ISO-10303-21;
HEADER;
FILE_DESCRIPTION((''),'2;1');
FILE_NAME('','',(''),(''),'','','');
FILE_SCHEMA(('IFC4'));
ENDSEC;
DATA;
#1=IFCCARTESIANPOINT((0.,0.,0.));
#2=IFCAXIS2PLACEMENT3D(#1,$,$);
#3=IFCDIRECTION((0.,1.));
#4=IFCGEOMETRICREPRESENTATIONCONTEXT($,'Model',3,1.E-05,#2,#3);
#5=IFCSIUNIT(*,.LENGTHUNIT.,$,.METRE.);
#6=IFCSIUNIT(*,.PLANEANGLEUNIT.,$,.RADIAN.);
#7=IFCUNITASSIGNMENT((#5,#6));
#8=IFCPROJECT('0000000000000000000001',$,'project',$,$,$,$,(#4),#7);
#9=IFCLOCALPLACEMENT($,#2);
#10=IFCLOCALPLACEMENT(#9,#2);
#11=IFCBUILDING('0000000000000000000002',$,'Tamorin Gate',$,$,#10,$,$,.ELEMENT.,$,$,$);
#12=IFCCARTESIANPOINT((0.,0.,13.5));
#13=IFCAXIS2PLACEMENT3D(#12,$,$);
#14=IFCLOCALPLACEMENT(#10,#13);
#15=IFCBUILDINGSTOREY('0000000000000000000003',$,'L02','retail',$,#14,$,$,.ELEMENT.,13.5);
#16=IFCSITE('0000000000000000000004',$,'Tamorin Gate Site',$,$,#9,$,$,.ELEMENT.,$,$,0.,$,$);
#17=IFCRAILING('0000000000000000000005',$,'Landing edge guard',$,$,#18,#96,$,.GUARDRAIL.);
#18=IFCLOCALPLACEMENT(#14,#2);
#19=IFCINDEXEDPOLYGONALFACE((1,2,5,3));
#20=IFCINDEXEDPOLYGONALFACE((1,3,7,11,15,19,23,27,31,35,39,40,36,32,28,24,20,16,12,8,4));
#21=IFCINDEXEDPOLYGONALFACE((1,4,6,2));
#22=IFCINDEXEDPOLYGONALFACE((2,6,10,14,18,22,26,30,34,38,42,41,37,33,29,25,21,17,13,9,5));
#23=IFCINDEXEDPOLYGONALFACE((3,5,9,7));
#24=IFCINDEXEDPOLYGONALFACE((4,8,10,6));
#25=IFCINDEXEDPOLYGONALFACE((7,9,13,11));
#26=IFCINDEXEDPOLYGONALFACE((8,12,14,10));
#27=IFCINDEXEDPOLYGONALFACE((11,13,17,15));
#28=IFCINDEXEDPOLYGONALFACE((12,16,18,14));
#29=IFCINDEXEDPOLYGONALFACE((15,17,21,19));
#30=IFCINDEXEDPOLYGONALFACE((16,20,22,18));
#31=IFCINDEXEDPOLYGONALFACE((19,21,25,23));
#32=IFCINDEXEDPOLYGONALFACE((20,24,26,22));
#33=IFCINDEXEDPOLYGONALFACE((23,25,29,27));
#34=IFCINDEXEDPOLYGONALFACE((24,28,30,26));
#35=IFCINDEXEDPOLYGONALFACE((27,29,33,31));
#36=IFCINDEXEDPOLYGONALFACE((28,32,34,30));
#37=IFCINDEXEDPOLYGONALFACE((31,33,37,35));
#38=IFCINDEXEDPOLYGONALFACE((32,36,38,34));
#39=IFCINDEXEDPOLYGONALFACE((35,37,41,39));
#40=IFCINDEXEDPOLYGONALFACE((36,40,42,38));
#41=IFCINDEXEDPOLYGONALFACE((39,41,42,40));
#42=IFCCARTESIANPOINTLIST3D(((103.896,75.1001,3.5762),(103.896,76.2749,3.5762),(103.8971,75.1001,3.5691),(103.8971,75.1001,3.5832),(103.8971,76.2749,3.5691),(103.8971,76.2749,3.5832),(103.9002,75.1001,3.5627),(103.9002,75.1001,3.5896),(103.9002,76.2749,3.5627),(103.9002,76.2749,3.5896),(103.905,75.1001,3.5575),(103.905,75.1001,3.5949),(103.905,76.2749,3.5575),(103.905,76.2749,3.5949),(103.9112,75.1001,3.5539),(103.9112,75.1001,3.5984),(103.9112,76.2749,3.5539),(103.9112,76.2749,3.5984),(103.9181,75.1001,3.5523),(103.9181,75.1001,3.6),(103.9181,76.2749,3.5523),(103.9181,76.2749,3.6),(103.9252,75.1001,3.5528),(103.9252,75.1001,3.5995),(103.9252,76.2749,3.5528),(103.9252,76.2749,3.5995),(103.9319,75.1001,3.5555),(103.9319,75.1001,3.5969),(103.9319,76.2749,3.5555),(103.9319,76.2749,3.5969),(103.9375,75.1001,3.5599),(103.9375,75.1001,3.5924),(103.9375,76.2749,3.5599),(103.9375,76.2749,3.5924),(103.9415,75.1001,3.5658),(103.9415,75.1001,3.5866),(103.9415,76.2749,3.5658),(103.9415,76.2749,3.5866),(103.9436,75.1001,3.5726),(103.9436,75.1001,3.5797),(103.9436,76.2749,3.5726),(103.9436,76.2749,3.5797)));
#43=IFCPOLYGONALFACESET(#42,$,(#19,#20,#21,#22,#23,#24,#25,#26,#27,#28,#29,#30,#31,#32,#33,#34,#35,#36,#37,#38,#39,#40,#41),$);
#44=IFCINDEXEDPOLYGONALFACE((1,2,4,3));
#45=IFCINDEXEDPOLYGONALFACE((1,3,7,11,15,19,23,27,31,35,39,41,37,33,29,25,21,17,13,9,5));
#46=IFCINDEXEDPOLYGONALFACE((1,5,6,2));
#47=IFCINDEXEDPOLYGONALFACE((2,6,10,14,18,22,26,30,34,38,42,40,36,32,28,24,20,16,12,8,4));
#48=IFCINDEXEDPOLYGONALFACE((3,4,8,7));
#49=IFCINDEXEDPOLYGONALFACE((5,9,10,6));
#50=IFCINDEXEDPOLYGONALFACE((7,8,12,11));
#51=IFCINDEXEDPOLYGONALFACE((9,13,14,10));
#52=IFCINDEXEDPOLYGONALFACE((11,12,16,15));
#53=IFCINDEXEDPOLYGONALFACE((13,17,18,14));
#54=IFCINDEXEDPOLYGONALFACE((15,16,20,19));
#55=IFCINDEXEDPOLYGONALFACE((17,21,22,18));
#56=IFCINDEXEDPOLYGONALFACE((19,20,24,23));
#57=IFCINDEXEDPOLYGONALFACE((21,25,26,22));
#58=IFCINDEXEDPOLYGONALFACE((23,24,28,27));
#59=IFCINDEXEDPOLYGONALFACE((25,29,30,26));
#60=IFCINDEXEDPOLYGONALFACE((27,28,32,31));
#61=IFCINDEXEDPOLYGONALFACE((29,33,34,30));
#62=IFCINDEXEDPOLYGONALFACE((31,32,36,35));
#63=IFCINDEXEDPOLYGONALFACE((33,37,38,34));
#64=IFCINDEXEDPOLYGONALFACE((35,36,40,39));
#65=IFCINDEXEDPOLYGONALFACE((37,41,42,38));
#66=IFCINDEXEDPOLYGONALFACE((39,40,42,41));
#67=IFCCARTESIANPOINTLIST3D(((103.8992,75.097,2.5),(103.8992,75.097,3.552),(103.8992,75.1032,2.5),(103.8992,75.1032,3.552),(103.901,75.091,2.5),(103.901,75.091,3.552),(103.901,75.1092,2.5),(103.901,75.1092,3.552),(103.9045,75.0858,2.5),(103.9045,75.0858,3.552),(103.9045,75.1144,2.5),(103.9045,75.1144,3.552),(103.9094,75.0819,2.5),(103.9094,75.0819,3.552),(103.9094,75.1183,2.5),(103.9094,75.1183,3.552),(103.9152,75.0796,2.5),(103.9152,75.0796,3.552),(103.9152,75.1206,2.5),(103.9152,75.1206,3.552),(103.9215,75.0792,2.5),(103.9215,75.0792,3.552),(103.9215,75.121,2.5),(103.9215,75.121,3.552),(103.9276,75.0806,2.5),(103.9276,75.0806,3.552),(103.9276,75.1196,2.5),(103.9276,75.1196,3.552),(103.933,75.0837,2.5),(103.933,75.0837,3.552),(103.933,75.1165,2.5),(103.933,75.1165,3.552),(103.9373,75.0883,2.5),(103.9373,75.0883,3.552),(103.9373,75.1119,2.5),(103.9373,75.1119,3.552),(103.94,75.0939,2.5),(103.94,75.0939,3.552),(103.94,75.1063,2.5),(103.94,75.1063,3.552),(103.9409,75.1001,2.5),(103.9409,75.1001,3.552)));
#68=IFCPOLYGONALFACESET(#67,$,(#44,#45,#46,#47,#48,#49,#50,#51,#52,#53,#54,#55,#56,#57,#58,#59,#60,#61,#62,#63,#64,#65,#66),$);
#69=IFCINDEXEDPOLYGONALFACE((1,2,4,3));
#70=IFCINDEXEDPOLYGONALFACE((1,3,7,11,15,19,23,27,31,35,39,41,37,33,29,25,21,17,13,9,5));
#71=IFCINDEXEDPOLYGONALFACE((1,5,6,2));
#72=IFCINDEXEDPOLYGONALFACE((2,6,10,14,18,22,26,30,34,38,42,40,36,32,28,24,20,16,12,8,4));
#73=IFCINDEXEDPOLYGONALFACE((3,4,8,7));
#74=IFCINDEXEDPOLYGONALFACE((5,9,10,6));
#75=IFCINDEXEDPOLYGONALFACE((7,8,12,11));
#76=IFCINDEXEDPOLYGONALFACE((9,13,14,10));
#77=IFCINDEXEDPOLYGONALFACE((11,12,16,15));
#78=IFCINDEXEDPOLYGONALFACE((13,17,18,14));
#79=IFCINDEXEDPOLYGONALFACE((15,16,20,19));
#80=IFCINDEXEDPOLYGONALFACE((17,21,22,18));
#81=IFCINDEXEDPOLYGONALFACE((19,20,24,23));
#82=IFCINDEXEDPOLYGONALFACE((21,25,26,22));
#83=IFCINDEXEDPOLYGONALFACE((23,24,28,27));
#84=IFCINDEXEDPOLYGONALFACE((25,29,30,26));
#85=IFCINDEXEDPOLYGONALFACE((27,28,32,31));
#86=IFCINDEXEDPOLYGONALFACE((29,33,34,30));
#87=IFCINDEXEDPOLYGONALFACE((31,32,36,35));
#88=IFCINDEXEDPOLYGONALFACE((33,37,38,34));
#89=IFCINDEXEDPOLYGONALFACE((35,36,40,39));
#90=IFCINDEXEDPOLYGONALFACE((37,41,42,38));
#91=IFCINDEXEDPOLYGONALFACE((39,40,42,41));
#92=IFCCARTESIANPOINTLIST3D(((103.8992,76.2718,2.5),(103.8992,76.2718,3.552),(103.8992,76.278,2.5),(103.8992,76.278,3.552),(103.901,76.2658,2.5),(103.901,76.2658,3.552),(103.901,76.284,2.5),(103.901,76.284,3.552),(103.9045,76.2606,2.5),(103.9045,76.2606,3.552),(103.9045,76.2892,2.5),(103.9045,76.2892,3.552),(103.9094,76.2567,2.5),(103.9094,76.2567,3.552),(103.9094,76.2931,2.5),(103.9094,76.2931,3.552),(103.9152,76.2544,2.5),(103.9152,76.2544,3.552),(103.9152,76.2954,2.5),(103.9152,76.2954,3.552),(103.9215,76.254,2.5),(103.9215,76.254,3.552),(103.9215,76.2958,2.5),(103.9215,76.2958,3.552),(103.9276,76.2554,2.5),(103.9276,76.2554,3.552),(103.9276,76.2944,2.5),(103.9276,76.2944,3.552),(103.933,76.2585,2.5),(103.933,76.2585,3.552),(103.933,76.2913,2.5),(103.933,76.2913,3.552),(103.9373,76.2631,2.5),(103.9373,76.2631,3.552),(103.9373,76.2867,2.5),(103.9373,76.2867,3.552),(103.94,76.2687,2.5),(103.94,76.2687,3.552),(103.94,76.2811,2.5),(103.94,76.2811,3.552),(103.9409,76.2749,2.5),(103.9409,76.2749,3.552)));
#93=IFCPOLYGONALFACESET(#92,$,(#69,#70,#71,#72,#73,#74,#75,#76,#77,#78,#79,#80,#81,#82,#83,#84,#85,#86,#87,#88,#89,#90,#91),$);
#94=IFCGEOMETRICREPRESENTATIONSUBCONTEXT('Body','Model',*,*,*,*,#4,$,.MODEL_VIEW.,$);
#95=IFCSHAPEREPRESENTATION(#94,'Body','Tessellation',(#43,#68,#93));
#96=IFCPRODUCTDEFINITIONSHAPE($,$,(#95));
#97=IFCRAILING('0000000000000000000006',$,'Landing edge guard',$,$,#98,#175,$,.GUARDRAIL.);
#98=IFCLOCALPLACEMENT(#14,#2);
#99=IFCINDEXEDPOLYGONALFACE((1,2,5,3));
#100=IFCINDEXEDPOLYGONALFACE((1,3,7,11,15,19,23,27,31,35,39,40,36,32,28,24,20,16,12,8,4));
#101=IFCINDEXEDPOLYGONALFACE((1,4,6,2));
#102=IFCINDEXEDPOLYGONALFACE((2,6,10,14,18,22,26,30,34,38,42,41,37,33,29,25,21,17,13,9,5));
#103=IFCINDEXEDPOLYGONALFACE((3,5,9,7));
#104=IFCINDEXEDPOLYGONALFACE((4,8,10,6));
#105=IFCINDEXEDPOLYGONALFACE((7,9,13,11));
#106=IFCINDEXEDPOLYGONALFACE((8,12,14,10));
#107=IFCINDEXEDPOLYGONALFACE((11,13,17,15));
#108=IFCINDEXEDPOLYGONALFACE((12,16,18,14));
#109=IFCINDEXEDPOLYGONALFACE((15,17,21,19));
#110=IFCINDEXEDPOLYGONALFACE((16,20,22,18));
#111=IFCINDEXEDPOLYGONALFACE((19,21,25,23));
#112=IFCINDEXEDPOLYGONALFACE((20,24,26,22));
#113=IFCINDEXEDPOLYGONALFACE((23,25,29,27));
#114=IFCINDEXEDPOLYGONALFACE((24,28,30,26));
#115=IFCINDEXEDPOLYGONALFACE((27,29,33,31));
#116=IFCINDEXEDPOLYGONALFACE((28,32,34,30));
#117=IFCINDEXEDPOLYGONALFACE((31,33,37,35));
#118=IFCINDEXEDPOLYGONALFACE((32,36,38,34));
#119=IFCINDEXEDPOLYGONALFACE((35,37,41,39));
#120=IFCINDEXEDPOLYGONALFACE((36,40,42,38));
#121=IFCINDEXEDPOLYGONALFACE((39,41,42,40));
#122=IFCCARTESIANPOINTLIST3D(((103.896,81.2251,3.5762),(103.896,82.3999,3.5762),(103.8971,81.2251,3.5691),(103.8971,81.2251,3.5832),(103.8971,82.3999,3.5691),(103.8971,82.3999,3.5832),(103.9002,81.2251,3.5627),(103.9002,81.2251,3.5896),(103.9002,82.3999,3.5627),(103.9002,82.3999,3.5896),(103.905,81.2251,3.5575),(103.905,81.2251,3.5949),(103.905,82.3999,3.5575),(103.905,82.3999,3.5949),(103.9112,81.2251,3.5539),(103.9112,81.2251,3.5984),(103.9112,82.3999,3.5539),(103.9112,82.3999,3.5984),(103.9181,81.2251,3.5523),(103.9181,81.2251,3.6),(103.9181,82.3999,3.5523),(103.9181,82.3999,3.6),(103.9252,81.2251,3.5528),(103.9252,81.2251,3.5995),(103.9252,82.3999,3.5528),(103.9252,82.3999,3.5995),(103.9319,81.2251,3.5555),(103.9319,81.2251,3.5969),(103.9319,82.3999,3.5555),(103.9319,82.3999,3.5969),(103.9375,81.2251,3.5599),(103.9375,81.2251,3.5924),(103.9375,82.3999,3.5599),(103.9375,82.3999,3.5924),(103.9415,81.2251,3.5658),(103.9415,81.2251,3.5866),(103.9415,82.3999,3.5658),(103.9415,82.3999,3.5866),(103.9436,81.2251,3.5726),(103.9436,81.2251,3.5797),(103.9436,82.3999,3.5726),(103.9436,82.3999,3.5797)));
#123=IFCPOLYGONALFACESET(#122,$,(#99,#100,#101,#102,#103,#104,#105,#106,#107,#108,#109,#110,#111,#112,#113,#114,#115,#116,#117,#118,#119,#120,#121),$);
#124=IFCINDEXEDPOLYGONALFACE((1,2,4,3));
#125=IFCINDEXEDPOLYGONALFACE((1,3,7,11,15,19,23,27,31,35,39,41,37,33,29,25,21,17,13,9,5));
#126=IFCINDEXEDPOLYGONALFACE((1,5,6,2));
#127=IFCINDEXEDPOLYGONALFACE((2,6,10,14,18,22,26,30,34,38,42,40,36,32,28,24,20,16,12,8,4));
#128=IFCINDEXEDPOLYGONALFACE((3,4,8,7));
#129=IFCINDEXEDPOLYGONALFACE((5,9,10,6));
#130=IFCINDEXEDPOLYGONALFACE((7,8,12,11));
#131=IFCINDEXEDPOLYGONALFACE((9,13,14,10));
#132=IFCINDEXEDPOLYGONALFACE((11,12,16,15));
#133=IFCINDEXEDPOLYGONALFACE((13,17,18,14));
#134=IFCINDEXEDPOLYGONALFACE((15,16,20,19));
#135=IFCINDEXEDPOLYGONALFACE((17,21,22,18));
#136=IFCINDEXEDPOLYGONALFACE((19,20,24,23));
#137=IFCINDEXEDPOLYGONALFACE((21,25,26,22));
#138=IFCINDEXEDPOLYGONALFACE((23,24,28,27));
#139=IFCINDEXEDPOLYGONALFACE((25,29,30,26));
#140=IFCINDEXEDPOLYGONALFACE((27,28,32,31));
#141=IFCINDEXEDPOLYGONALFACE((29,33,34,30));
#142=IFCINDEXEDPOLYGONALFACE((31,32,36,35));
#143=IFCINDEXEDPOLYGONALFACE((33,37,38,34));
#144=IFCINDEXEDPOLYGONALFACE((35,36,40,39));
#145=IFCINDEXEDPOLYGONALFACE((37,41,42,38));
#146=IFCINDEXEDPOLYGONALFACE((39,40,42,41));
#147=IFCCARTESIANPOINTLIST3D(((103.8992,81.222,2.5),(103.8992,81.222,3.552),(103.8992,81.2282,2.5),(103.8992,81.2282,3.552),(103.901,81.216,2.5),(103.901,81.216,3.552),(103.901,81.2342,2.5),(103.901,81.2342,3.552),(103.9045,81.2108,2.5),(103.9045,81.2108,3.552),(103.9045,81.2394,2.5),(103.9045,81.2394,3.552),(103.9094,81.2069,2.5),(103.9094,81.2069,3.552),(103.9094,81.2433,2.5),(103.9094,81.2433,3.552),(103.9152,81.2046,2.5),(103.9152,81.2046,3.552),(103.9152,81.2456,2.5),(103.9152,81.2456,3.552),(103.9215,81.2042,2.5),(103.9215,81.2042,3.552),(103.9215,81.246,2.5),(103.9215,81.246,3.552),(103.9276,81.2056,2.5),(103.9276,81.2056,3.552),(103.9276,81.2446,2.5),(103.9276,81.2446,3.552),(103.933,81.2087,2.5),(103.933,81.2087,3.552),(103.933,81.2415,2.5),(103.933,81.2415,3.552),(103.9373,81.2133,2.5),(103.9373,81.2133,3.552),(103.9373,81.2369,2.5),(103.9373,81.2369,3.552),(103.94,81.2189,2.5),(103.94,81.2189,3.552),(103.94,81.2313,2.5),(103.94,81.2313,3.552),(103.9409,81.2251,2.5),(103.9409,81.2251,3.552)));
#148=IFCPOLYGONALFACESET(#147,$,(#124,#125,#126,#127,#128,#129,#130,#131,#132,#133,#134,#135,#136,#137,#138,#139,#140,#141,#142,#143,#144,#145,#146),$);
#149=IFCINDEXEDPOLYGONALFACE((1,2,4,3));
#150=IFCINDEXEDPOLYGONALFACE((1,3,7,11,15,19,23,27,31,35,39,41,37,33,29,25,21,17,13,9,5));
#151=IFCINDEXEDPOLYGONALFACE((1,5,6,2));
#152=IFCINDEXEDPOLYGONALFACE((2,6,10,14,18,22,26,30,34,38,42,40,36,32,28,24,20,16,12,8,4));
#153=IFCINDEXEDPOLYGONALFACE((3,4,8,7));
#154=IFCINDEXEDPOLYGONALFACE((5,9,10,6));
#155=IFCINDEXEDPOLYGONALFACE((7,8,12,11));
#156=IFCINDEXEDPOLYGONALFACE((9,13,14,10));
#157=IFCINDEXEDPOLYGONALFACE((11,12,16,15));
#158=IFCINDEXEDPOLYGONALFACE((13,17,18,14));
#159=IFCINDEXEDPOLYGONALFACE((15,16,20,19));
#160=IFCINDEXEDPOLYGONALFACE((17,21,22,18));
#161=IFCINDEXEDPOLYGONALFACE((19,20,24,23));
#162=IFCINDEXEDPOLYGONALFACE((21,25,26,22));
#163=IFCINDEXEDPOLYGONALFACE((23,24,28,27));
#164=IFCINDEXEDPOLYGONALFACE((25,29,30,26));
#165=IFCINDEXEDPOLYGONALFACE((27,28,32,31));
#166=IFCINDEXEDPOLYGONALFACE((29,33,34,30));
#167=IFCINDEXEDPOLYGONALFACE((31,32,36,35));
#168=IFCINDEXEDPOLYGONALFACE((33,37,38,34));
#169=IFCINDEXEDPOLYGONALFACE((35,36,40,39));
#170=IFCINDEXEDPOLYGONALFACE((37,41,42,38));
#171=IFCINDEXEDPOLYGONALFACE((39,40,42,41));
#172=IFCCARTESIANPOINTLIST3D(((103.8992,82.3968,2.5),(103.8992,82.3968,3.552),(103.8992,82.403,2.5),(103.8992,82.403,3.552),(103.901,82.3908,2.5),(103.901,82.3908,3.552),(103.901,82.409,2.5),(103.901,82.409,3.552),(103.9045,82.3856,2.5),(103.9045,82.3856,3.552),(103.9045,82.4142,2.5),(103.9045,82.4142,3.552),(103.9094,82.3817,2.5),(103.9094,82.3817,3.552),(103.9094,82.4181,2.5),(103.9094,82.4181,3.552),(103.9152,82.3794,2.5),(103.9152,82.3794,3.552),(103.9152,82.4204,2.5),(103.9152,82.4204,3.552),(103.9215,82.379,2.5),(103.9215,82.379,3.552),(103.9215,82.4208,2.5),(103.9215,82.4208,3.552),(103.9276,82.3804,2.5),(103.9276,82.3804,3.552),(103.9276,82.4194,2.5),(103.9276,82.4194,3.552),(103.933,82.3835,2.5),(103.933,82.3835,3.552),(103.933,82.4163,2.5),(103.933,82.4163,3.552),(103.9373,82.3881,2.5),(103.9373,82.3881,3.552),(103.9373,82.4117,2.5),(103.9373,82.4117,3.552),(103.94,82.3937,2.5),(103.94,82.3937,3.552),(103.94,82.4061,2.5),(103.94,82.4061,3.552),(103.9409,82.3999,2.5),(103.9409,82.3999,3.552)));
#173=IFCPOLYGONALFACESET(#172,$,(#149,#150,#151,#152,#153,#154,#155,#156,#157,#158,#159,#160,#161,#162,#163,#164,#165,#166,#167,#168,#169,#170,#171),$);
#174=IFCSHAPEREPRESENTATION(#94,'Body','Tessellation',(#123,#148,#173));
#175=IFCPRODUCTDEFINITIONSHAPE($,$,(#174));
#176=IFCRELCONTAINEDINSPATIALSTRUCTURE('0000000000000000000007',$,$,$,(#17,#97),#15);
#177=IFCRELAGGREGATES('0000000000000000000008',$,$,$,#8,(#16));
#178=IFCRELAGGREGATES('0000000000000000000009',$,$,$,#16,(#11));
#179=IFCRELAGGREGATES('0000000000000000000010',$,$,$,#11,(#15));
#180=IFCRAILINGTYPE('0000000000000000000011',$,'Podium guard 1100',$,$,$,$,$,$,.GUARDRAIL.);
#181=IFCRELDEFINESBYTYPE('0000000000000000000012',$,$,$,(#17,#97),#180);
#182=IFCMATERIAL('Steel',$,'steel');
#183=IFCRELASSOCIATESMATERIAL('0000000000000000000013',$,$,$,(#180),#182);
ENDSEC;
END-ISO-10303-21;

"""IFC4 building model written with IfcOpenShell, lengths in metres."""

from ifc_helpers import new_model, si_unit, direction, frame, origin, origin_2d, place, context, subcontext, project, spatial, circle, extrude, material, type_object, element, save


model = new_model("IFC4")

# Units and contexts
model_context = context("Model", 3, precision=1e-05, world=origin(), true_north=direction((0.0, 1.0)))
body_context = subcontext(model_context, "Body", "Model", "MODEL_VIEW")
ifc_project = project(units=[si_unit("LENGTHUNIT", "METRE"), si_unit("PLANEANGLEUNIT", "RADIAN")], contexts=[model_context])

# Site, building, storey
site_placement = place(None, origin())
site = spatial("IfcSite", under=ifc_project, at=site_placement, Name="Tamorin Gate Site", CompositionType="ELEMENT", RefElevation=0.0)
building_placement = place(site_placement, origin())
building = spatial("IfcBuilding", under=site, at=building_placement, Name="Tamorin Gate", CompositionType="ELEMENT")
storey_placement = place(building_placement, frame((0.0, 0.0, 13.5)))
storey = spatial("IfcBuildingStorey", under=building, at=storey_placement, Name="L02", Description="retail", CompositionType="ELEMENT", Elevation=13.5)

# Railings
ifc_material_1 = material(Name="Steel", Category="steel")
railing_type_1 = type_object("IfcRailingType", Name="Podium guard 1100", PredefinedType="GUARDRAIL", material=ifc_material_1)
for number, where, name in (
    (1, (103.9199, 75.1001, 2.5), "Landing edge guard"),
    (2, (103.9199, 81.2251, 2.5), "Landing edge guard"),
):
    element("IfcRailing", number, at=place(storey_placement, frame(where)), inside=storey, type_object=railing_type_1, Name=name, PredefinedType="GUARDRAIL", context=body_context, shape_type="SweptSolid", body=[
        extrude(circle(Radius=0.0239, at=origin_2d()), frame((0.0, 0.0, 1.0762), z_axis=(0.0, 1.0, 0.0), x_axis=(-1.0, 0.0, 0.0)), (0.0, 0.0, 1.0), 1.1748),
        extrude(circle(Radius=0.021, at=origin_2d()), origin(), (0.0, 0.0, 1.0), 1.052),
        extrude(circle(Radius=0.021, at=origin_2d()), frame((0.0, 1.1748, 0.0)), (0.0, 0.0, 1.0), 1.052),
    ])

save(model, "model.ifc")
